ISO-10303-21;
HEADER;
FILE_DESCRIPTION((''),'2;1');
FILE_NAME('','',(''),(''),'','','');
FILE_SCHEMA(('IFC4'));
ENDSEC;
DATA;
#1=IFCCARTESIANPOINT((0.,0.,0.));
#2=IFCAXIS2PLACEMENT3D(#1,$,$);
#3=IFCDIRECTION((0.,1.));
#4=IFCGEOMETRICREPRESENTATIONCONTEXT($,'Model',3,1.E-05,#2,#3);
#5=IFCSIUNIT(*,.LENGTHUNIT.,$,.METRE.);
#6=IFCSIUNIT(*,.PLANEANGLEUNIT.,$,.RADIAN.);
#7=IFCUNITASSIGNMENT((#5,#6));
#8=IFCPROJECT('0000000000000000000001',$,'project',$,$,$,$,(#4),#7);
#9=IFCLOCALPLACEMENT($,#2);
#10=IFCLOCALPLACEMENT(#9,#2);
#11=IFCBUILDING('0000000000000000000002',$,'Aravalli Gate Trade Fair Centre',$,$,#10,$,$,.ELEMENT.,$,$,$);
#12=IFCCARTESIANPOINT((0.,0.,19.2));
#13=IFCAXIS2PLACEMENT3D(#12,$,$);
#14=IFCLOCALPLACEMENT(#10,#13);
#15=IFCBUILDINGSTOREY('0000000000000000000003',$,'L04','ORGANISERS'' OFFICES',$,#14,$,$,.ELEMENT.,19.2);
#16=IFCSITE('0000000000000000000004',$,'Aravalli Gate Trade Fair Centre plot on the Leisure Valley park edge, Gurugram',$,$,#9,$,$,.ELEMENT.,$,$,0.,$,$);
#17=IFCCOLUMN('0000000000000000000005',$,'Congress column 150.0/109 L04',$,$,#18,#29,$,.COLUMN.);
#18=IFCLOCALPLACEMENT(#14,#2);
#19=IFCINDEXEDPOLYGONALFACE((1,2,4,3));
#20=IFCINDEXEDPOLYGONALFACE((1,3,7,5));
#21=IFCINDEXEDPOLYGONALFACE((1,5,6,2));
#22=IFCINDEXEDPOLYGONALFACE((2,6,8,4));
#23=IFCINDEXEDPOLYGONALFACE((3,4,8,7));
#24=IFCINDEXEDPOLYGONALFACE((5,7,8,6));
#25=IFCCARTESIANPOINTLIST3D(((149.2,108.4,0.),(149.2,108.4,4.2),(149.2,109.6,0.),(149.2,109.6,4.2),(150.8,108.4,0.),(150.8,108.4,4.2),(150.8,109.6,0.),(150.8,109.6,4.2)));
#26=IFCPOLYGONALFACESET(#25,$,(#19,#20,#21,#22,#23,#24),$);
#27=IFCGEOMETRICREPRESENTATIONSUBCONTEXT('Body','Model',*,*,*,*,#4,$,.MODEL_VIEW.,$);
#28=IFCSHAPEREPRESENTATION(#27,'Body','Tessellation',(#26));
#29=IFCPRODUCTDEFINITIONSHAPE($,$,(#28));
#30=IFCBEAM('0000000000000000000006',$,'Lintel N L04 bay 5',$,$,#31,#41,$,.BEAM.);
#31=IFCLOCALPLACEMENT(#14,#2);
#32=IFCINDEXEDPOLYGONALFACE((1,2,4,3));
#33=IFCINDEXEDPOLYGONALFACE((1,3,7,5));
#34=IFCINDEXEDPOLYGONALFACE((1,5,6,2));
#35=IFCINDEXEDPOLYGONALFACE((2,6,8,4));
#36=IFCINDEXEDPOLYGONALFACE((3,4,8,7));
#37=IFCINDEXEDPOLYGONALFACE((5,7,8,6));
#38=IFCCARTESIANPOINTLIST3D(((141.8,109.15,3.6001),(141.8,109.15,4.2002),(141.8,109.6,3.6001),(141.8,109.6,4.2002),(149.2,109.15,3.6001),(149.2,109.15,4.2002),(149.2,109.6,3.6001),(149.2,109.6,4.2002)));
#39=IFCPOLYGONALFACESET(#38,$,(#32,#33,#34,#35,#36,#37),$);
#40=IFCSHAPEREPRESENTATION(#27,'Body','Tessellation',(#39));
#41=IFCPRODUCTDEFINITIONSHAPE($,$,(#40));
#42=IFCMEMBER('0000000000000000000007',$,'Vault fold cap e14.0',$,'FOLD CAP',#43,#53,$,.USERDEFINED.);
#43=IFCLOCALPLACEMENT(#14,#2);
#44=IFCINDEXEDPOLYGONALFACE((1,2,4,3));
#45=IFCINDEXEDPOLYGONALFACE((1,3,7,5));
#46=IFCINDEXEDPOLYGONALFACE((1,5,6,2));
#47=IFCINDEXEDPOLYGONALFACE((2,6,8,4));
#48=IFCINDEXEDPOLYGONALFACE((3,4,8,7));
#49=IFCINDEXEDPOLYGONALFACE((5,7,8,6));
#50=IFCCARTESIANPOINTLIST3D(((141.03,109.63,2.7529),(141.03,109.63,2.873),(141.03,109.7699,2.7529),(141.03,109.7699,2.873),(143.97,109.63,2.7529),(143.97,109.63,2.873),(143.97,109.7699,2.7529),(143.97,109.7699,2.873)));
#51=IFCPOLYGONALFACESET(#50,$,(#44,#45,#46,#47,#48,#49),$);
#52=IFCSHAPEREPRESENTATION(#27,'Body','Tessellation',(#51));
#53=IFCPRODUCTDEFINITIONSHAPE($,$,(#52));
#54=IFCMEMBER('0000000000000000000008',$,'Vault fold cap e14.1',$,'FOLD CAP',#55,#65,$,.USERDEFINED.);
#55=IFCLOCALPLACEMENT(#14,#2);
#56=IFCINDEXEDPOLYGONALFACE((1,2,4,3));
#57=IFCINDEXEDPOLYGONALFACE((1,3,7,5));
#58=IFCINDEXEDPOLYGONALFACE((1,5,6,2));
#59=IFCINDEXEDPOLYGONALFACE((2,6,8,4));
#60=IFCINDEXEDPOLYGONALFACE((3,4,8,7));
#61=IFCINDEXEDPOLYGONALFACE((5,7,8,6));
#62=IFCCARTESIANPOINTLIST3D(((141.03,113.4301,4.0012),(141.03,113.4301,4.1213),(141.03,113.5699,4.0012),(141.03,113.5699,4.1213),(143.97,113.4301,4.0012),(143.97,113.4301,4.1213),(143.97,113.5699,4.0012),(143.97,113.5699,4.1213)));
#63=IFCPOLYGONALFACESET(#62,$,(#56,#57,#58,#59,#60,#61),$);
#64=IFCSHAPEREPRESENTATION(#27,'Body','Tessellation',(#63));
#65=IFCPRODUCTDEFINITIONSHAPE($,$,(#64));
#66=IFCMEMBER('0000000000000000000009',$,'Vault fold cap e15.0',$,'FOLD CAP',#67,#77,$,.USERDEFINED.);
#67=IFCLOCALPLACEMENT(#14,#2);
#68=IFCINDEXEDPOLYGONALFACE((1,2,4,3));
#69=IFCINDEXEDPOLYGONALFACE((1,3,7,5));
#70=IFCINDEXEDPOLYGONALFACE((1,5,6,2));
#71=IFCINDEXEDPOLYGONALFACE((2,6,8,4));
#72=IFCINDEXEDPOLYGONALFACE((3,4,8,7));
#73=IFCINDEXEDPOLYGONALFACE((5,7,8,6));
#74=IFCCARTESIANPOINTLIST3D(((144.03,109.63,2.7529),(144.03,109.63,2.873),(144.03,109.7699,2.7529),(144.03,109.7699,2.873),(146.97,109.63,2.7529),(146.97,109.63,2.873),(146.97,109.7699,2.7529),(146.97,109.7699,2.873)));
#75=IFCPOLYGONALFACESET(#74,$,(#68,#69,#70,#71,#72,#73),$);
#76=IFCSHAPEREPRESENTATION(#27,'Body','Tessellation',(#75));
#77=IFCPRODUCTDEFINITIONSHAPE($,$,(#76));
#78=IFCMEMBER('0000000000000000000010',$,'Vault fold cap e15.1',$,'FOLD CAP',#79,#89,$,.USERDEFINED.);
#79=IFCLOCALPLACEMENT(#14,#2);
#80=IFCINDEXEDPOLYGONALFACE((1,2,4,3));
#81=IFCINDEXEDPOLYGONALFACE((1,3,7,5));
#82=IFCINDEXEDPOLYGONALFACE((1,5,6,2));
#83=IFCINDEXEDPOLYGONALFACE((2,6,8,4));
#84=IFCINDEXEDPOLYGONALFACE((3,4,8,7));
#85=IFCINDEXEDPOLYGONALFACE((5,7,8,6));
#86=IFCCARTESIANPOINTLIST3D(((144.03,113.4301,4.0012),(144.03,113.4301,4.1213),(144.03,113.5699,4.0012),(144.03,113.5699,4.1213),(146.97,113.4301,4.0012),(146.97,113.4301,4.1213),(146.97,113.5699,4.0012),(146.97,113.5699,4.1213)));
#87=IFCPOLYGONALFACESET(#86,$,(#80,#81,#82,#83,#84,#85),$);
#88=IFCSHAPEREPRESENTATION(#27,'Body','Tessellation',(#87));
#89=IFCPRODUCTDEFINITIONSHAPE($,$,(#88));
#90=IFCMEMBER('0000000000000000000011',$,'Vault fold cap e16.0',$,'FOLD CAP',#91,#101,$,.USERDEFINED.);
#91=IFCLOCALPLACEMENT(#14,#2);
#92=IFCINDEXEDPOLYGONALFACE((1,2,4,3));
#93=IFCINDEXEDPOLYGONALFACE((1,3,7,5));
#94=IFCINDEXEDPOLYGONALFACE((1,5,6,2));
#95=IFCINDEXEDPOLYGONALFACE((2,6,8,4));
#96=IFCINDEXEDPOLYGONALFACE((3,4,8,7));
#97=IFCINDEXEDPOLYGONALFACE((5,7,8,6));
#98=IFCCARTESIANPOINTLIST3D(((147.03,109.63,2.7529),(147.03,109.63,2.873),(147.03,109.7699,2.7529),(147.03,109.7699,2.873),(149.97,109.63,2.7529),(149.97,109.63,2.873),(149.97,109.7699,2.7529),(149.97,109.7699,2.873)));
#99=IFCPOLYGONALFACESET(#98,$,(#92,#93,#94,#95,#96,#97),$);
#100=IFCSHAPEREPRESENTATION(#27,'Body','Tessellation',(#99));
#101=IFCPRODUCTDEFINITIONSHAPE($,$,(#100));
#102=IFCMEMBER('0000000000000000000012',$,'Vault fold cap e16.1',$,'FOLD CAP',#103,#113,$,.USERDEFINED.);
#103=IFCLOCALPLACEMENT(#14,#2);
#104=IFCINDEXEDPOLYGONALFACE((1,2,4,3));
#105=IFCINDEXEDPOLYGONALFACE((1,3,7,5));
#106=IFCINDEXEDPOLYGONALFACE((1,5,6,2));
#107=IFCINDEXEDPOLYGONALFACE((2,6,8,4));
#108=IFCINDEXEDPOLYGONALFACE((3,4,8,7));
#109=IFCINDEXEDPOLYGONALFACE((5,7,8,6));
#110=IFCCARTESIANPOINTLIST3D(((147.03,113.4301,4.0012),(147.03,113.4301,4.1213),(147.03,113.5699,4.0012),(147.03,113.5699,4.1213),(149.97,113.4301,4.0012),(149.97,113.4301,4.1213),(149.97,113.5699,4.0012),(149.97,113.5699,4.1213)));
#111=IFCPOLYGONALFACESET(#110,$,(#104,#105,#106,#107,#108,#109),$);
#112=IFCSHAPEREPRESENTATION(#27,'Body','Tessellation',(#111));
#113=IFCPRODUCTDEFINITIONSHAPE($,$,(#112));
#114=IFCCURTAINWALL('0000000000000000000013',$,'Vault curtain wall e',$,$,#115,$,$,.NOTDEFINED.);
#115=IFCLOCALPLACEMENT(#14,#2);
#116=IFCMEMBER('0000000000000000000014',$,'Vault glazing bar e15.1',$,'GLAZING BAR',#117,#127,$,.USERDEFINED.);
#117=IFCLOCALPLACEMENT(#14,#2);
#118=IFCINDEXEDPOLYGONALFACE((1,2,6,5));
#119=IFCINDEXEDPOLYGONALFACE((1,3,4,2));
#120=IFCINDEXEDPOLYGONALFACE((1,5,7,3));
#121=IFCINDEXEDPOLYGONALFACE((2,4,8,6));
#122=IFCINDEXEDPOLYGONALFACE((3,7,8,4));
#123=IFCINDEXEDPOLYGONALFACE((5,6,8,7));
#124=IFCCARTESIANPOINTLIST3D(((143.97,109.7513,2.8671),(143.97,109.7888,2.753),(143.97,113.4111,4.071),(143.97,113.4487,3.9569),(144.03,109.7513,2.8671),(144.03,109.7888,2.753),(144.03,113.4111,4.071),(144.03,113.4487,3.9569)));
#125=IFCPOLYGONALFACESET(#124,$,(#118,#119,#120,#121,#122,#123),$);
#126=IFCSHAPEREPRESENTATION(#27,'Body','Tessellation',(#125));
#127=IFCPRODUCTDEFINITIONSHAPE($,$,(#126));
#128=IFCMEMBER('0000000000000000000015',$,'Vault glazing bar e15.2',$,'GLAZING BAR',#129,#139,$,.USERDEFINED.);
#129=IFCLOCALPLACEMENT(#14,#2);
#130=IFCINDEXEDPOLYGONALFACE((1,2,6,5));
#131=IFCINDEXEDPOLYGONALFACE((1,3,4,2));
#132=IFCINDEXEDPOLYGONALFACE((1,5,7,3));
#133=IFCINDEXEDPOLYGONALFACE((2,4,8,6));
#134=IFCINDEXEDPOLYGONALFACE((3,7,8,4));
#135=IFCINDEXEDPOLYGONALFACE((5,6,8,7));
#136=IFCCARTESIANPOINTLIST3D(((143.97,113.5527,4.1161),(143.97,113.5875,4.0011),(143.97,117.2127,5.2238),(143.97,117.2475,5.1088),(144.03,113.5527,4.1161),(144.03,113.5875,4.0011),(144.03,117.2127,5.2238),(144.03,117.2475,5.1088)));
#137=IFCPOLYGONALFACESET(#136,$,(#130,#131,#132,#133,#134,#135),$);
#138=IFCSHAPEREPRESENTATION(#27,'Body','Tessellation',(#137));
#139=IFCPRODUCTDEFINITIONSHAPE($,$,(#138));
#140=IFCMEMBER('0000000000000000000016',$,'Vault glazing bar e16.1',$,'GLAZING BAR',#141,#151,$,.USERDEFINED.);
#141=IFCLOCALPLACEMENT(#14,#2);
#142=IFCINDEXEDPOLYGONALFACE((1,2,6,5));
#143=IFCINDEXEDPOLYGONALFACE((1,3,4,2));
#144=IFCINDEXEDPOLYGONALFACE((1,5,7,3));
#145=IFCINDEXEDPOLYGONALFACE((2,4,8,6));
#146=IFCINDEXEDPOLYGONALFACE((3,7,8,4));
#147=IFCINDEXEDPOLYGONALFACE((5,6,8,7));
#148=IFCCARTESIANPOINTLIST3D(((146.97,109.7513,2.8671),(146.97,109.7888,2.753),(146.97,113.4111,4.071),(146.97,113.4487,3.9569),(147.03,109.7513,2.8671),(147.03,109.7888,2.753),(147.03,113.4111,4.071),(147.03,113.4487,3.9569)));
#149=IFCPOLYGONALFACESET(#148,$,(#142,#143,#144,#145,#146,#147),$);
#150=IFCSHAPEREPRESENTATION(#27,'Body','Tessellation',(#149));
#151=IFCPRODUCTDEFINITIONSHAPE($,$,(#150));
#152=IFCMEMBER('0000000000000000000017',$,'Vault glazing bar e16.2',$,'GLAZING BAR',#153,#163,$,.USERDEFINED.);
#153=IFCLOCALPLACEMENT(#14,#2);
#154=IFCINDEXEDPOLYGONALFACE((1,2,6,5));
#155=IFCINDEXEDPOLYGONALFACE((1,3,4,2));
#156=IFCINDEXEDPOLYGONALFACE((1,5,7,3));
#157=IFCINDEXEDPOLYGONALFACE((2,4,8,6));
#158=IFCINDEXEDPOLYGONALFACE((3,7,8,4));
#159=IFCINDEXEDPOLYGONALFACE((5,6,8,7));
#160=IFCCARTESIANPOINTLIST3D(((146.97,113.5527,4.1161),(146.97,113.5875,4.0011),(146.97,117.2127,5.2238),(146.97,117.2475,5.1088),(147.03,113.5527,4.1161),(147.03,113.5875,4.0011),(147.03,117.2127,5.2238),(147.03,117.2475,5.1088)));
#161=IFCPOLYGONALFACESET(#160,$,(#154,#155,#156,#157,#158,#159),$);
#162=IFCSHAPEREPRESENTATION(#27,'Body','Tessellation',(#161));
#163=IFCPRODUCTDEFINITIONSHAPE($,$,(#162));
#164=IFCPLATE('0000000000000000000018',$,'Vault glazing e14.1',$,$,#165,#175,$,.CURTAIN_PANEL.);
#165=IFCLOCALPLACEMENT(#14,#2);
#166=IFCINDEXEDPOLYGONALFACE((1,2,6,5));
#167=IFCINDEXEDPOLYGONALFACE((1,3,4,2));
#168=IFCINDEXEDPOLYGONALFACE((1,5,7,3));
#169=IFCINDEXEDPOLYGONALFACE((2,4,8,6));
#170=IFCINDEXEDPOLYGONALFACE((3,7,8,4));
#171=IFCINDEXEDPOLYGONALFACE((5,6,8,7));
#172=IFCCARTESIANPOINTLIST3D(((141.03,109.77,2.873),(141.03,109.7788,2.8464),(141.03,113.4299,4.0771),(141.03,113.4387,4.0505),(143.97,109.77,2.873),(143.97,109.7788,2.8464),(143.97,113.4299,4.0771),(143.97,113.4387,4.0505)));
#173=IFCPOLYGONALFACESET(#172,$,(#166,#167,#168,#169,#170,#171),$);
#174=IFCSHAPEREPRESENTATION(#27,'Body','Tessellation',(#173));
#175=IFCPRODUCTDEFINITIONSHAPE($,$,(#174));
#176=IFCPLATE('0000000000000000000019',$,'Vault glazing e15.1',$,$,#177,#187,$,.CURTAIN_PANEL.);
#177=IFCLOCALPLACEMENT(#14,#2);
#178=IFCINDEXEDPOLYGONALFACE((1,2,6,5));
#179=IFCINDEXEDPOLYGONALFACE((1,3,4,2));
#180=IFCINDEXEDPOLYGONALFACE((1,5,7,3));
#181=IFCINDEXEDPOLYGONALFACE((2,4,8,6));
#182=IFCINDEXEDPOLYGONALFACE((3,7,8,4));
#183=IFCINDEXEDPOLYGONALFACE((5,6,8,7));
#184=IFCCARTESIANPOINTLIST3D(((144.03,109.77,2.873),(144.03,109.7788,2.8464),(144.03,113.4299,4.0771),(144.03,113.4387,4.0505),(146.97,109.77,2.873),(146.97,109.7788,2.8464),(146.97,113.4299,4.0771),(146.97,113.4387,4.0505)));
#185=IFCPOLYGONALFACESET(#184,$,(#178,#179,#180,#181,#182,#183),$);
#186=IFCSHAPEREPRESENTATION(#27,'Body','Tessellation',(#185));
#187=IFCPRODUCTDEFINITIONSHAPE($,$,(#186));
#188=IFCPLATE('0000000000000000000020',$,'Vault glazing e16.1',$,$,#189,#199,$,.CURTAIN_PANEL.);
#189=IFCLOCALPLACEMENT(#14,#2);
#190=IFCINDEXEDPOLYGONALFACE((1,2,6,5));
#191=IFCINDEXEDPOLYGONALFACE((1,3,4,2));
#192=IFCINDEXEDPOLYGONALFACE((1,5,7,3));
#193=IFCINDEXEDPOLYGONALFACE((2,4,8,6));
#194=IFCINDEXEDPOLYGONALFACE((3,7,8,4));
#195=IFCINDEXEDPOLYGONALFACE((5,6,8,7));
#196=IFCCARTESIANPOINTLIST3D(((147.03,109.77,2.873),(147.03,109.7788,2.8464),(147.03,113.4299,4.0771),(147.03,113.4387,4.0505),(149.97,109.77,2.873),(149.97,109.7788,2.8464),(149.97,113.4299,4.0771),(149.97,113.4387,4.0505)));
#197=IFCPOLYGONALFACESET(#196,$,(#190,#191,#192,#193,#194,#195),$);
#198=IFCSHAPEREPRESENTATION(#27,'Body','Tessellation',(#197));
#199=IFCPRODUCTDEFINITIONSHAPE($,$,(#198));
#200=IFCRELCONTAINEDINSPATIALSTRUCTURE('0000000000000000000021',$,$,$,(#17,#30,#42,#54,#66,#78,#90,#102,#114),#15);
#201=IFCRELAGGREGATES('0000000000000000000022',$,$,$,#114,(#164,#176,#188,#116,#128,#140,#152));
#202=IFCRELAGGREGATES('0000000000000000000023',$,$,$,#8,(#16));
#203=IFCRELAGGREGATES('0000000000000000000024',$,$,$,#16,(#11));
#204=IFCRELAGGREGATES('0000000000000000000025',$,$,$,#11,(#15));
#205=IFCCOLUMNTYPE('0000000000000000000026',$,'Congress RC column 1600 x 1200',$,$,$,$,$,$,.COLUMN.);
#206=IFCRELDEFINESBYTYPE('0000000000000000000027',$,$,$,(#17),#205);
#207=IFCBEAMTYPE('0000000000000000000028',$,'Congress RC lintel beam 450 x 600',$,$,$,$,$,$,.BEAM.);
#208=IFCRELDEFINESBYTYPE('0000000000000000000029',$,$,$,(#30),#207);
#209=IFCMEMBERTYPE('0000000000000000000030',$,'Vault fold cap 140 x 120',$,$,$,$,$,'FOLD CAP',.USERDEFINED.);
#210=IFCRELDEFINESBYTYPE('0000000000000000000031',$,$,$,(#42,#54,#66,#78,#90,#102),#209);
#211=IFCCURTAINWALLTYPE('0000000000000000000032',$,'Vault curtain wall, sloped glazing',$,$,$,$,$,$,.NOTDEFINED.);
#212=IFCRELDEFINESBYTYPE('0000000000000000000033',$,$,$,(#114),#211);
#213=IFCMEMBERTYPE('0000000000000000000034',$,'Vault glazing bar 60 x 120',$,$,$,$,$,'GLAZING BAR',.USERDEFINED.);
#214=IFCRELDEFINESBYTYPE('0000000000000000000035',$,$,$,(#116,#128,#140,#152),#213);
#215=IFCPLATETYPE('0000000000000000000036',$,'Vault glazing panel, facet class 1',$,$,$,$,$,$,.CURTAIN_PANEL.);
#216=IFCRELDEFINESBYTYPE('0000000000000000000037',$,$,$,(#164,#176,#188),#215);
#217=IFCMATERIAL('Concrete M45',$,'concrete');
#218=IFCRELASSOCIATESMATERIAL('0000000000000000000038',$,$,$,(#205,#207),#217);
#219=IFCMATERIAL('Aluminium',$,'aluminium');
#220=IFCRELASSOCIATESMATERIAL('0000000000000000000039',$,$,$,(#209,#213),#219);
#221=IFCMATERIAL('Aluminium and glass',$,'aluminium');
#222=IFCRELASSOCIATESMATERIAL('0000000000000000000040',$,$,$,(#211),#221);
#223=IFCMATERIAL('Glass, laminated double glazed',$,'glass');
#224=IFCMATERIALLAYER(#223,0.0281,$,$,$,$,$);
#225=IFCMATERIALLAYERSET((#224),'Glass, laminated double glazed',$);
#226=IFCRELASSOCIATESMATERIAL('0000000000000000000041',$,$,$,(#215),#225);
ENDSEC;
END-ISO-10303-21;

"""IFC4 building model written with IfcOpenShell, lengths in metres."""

from ifc_helpers import new_model, si_unit, direction, frame, origin, origin_2d, place, context, subcontext, project, spatial, polyline, rectangle, outline, extrude, material, layer, layer_set, material_profile, profile_set, type_object, element, aggregate, save


model = new_model("IFC4")

# Units and contexts
model_context = context("Model", 3, precision=1e-05, world=origin(), true_north=direction((0.0, 1.0)))
body_context = subcontext(model_context, "Body", "Model", "MODEL_VIEW")
ifc_project = project(units=[si_unit("LENGTHUNIT", "METRE"), si_unit("PLANEANGLEUNIT", "RADIAN")], contexts=[model_context])

# Site, building, storey
site_placement = place(None, origin())
site = spatial("IfcSite", under=ifc_project, at=site_placement, Name="Aravalli Gate Trade Fair Centre plot on the Leisure Valley park edge, Gurugram", CompositionType="ELEMENT", RefElevation=0.0)
building_placement = place(site_placement, origin())
building = spatial("IfcBuilding", under=site, at=building_placement, Name="Aravalli Gate Trade Fair Centre", CompositionType="ELEMENT")
storey_placement = place(building_placement, frame((0.0, 0.0, 19.2)))
storey = spatial("IfcBuildingStorey", under=building, at=storey_placement, Name="L04", Description="ORGANISERS' OFFICES", CompositionType="ELEMENT", Elevation=19.2)

# Column
ifc_material_1 = material(Name="Concrete M45", Category="concrete")
ifc_material_profile_1 = material_profile(ifc_material_1, rectangle(XDim=1.6001, YDim=1.2, at=origin_2d()), Name="RC 1600x1200")
ifc_profile_set_1 = profile_set([ifc_material_profile_1], Name="Concrete M45")
column_type = type_object("IfcColumnType", Name="Congress RC column 1600 x 1200", PredefinedType="COLUMN", material=ifc_profile_set_1)
column_placement = place(storey_placement, frame((150.0, 109.0, 0.0), z_axis=(0.0, 0.0, 1.0), x_axis=(1.0, 0.0, 0.0)))
element("IfcColumn", 1, at=column_placement, inside=storey, type_object=column_type, Name="Congress column 150.0/109 L04", PredefinedType="COLUMN", context=body_context, shape_type="SweptSolid", body=[
    extrude(rectangle(XDim=1.6001, YDim=1.2, at=origin_2d()), origin(), (0.0, 0.0, 1.0), 4.2),
])

# Beam
ifc_material_profile_2 = material_profile(ifc_material_1, rectangle(XDim=0.45, YDim=0.6001, at=origin_2d()), Name="RC 450x600")
ifc_profile_set_2 = profile_set([ifc_material_profile_2], Name="Concrete M45")
beam_type = type_object("IfcBeamType", Name="Congress RC lintel beam 450 x 600", PredefinedType="BEAM", material=ifc_profile_set_2)
beam_placement = place(storey_placement, frame((141.8, 109.375, 3.9001), z_axis=(1.0, 0.0, 0.0), x_axis=(0.0, 1.0, 0.0)))
element("IfcBeam", 2, at=beam_placement, inside=storey, type_object=beam_type, Name="Lintel N L04 bay 5", PredefinedType="BEAM", context=body_context, shape_type="SweptSolid", body=[
    extrude(rectangle(XDim=0.45, YDim=0.6001, at=origin_2d()), origin(), (0.0, 0.0, 1.0), 7.3999),
])

# Members
ifc_material_2 = material(Name="Aluminium", Category="aluminium")
ifc_material_profile_3 = material_profile(ifc_material_2, rectangle(XDim=0.1399, YDim=0.1201, at=origin_2d()), Name="Vault fold cap 140 x 120")
ifc_profile_set_3 = profile_set([ifc_material_profile_3], Name="Aluminium")
member_type_1 = type_object("IfcMemberType", Name="Vault fold cap 140 x 120", ElementType="FOLD CAP", PredefinedType="USERDEFINED", material=ifc_profile_set_3)
for number, where, z_axis, x_axis, name in (
    (3, (141.03, 109.7, 2.813), (1.0, 0.0, 0.0), (0.0, 1.0, 0.0), "Vault fold cap e14.0"),
    (4, (141.03, 113.5, 4.0613), (1.0, 0.0, 0.0), (0.0, 1.0, 0.0), "Vault fold cap e14.1"),
    (5, (144.03, 109.7, 2.813), (1.0, 0.0, 0.0), (0.0, 1.0, 0.0), "Vault fold cap e15.0"),
    (6, (144.03, 113.5, 4.0613), (1.0, 0.0, 0.0), (0.0, 1.0, 0.0), "Vault fold cap e15.1"),
    (7, (147.03, 109.7, 2.813), (1.0, 0.0, 0.0), (0.0, 1.0, 0.0), "Vault fold cap e16.0"),
    (8, (147.03, 113.5, 4.0613), (1.0, 0.0, 0.0), (0.0, 1.0, 0.0), "Vault fold cap e16.1"),
):
    element("IfcMember", number, at=place(storey_placement, frame(where, z_axis=z_axis, x_axis=x_axis)), inside=storey, type_object=member_type_1, Name=name, ObjectType="FOLD CAP", PredefinedType="USERDEFINED", context=body_context, shape_type="SweptSolid", body=[
        extrude(rectangle(XDim=0.1399, YDim=0.1201, at=origin_2d()), origin(), (0.0, 0.0, 1.0), 2.9399),
    ])

# Curtain wall, members, plates
ifc_material_3 = material(Name="Aluminium and glass", Category="aluminium")
curtain_wall_type = type_object("IfcCurtainWallType", Name="Vault curtain wall, sloped glazing", PredefinedType="NOTDEFINED", material=ifc_material_3)
curtain_wall_placement = place(storey_placement, origin())
curtain_wall = element("IfcCurtainWall", 9, at=curtain_wall_placement, inside=storey, type_object=curtain_wall_type, Name="Vault curtain wall e", PredefinedType="NOTDEFINED")
ifc_material_profile_4 = material_profile(ifc_material_2, rectangle(XDim=0.0601, YDim=0.1201, at=origin_2d()), Name="Vault glazing bar 60 x 120")
ifc_profile_set_4 = profile_set([ifc_material_profile_4], Name="Aluminium")
member_type_2 = type_object("IfcMemberType", Name="Vault glazing bar 60 x 120", ElementType="GLAZING BAR", PredefinedType="USERDEFINED", material=ifc_profile_set_4)
member_1_placement = place(storey_placement, frame((144.0, 109.77, 2.8101), z_axis=(0.0, 0.94993, 0.312461), x_axis=(-1.0, 0.0, 0.0)))
member_1 = element("IfcMember", 10, at=member_1_placement, type_object=member_type_2, Name="Vault glazing bar e15.1", ObjectType="GLAZING BAR", PredefinedType="USERDEFINED", context=body_context, shape_type="SweptSolid", body=[
    extrude(rectangle(XDim=0.0601, YDim=0.1201, at=origin_2d()), origin(), (0.0, 0.0, 1.0), 3.8528),
])
member_2_placement = place(storey_placement, frame((144.0, 113.5701, 4.0586), z_axis=(0.0, 0.957126, 0.289672), x_axis=(-1.0, 0.0, 0.0)))
member_2 = element("IfcMember", 11, at=member_2_placement, type_object=member_type_2, Name="Vault glazing bar e15.2", ObjectType="GLAZING BAR", PredefinedType="USERDEFINED", context=body_context, shape_type="SweptSolid", body=[
    extrude(rectangle(XDim=0.0601, YDim=0.1201, at=origin_2d()), origin(), (0.0, 0.0, 1.0), 3.824),
])
member_3_placement = place(storey_placement, frame((147.0, 109.77, 2.8101), z_axis=(0.0, 0.94993, 0.312461), x_axis=(-1.0, 0.0, 0.0)))
member_3 = element("IfcMember", 12, at=member_3_placement, type_object=member_type_2, Name="Vault glazing bar e16.1", ObjectType="GLAZING BAR", PredefinedType="USERDEFINED", context=body_context, shape_type="SweptSolid", body=[
    extrude(rectangle(XDim=0.0601, YDim=0.1201, at=origin_2d()), origin(), (0.0, 0.0, 1.0), 3.8528),
])
member_4_placement = place(storey_placement, frame((147.0, 113.5701, 4.0586), z_axis=(0.0, 0.957126, 0.289672), x_axis=(-1.0, 0.0, 0.0)))
member_4 = element("IfcMember", 13, at=member_4_placement, type_object=member_type_2, Name="Vault glazing bar e16.2", ObjectType="GLAZING BAR", PredefinedType="USERDEFINED", context=body_context, shape_type="SweptSolid", body=[
    extrude(rectangle(XDim=0.0601, YDim=0.1201, at=origin_2d()), origin(), (0.0, 0.0, 1.0), 3.824),
])
ifc_material_4 = material(Name="Glass, laminated double glazed", Category="glass")
ifc_layer_1 = layer(ifc_material_4, 0.0281)
ifc_layer_set_1 = layer_set([ifc_layer_1], Name="Glass, laminated double glazed")
plate_type_1 = type_object("IfcPlateType", Name="Vault glazing panel, facet class 1", PredefinedType="CURTAIN_PANEL", material=ifc_layer_set_1)
plate_1_placement = place(storey_placement, frame((141.03, 109.77, 2.873), z_axis=(0.0, -0.312518, 0.949912), x_axis=(1.0, 0.0, 0.0)))
plate_1 = element("IfcPlate", 14, at=plate_1_placement, type_object=plate_type_1, Name="Vault glazing e14.1", PredefinedType="CURTAIN_PANEL", context=body_context, shape_type="SweptSolid", body=[
    extrude(outline(polyline([(0.0, 0.0), (2.9399, 0.0), (2.9399, 3.8529), (0.0, 3.8529), (0.0, 0.0)])), origin(), (0.0, 0.0, -1.0), 0.0281),
])
plate_2_placement = place(storey_placement, frame((144.03, 109.77, 2.873), z_axis=(0.0, -0.312518, 0.949912), x_axis=(1.0, 0.0, 0.0)))
plate_2 = element("IfcPlate", 15, at=plate_2_placement, type_object=plate_type_1, Name="Vault glazing e15.1", PredefinedType="CURTAIN_PANEL", context=body_context, shape_type="SweptSolid", body=[
    extrude(outline(polyline([(0.0, 0.0), (2.9399, 0.0), (2.9399, 3.8529), (0.0, 3.8529), (0.0, 0.0)])), origin(), (0.0, 0.0, -1.0), 0.0281),
])
plate_3_placement = place(storey_placement, frame((147.03, 109.77, 2.873), z_axis=(0.0, -0.312518, 0.949912), x_axis=(1.0, 0.0, 0.0)))
plate_3 = element("IfcPlate", 16, at=plate_3_placement, type_object=plate_type_1, Name="Vault glazing e16.1", PredefinedType="CURTAIN_PANEL", context=body_context, shape_type="SweptSolid", body=[
    extrude(outline(polyline([(0.0, 0.0), (2.9399, 0.0), (2.9399, 3.8529), (0.0, 3.8529), (0.0, 0.0)])), origin(), (0.0, 0.0, -1.0), 0.0281),
])
aggregate(curtain_wall, [plate_1, plate_2, plate_3, member_1, member_2, member_3, member_4])

save(model, "model.ifc")
